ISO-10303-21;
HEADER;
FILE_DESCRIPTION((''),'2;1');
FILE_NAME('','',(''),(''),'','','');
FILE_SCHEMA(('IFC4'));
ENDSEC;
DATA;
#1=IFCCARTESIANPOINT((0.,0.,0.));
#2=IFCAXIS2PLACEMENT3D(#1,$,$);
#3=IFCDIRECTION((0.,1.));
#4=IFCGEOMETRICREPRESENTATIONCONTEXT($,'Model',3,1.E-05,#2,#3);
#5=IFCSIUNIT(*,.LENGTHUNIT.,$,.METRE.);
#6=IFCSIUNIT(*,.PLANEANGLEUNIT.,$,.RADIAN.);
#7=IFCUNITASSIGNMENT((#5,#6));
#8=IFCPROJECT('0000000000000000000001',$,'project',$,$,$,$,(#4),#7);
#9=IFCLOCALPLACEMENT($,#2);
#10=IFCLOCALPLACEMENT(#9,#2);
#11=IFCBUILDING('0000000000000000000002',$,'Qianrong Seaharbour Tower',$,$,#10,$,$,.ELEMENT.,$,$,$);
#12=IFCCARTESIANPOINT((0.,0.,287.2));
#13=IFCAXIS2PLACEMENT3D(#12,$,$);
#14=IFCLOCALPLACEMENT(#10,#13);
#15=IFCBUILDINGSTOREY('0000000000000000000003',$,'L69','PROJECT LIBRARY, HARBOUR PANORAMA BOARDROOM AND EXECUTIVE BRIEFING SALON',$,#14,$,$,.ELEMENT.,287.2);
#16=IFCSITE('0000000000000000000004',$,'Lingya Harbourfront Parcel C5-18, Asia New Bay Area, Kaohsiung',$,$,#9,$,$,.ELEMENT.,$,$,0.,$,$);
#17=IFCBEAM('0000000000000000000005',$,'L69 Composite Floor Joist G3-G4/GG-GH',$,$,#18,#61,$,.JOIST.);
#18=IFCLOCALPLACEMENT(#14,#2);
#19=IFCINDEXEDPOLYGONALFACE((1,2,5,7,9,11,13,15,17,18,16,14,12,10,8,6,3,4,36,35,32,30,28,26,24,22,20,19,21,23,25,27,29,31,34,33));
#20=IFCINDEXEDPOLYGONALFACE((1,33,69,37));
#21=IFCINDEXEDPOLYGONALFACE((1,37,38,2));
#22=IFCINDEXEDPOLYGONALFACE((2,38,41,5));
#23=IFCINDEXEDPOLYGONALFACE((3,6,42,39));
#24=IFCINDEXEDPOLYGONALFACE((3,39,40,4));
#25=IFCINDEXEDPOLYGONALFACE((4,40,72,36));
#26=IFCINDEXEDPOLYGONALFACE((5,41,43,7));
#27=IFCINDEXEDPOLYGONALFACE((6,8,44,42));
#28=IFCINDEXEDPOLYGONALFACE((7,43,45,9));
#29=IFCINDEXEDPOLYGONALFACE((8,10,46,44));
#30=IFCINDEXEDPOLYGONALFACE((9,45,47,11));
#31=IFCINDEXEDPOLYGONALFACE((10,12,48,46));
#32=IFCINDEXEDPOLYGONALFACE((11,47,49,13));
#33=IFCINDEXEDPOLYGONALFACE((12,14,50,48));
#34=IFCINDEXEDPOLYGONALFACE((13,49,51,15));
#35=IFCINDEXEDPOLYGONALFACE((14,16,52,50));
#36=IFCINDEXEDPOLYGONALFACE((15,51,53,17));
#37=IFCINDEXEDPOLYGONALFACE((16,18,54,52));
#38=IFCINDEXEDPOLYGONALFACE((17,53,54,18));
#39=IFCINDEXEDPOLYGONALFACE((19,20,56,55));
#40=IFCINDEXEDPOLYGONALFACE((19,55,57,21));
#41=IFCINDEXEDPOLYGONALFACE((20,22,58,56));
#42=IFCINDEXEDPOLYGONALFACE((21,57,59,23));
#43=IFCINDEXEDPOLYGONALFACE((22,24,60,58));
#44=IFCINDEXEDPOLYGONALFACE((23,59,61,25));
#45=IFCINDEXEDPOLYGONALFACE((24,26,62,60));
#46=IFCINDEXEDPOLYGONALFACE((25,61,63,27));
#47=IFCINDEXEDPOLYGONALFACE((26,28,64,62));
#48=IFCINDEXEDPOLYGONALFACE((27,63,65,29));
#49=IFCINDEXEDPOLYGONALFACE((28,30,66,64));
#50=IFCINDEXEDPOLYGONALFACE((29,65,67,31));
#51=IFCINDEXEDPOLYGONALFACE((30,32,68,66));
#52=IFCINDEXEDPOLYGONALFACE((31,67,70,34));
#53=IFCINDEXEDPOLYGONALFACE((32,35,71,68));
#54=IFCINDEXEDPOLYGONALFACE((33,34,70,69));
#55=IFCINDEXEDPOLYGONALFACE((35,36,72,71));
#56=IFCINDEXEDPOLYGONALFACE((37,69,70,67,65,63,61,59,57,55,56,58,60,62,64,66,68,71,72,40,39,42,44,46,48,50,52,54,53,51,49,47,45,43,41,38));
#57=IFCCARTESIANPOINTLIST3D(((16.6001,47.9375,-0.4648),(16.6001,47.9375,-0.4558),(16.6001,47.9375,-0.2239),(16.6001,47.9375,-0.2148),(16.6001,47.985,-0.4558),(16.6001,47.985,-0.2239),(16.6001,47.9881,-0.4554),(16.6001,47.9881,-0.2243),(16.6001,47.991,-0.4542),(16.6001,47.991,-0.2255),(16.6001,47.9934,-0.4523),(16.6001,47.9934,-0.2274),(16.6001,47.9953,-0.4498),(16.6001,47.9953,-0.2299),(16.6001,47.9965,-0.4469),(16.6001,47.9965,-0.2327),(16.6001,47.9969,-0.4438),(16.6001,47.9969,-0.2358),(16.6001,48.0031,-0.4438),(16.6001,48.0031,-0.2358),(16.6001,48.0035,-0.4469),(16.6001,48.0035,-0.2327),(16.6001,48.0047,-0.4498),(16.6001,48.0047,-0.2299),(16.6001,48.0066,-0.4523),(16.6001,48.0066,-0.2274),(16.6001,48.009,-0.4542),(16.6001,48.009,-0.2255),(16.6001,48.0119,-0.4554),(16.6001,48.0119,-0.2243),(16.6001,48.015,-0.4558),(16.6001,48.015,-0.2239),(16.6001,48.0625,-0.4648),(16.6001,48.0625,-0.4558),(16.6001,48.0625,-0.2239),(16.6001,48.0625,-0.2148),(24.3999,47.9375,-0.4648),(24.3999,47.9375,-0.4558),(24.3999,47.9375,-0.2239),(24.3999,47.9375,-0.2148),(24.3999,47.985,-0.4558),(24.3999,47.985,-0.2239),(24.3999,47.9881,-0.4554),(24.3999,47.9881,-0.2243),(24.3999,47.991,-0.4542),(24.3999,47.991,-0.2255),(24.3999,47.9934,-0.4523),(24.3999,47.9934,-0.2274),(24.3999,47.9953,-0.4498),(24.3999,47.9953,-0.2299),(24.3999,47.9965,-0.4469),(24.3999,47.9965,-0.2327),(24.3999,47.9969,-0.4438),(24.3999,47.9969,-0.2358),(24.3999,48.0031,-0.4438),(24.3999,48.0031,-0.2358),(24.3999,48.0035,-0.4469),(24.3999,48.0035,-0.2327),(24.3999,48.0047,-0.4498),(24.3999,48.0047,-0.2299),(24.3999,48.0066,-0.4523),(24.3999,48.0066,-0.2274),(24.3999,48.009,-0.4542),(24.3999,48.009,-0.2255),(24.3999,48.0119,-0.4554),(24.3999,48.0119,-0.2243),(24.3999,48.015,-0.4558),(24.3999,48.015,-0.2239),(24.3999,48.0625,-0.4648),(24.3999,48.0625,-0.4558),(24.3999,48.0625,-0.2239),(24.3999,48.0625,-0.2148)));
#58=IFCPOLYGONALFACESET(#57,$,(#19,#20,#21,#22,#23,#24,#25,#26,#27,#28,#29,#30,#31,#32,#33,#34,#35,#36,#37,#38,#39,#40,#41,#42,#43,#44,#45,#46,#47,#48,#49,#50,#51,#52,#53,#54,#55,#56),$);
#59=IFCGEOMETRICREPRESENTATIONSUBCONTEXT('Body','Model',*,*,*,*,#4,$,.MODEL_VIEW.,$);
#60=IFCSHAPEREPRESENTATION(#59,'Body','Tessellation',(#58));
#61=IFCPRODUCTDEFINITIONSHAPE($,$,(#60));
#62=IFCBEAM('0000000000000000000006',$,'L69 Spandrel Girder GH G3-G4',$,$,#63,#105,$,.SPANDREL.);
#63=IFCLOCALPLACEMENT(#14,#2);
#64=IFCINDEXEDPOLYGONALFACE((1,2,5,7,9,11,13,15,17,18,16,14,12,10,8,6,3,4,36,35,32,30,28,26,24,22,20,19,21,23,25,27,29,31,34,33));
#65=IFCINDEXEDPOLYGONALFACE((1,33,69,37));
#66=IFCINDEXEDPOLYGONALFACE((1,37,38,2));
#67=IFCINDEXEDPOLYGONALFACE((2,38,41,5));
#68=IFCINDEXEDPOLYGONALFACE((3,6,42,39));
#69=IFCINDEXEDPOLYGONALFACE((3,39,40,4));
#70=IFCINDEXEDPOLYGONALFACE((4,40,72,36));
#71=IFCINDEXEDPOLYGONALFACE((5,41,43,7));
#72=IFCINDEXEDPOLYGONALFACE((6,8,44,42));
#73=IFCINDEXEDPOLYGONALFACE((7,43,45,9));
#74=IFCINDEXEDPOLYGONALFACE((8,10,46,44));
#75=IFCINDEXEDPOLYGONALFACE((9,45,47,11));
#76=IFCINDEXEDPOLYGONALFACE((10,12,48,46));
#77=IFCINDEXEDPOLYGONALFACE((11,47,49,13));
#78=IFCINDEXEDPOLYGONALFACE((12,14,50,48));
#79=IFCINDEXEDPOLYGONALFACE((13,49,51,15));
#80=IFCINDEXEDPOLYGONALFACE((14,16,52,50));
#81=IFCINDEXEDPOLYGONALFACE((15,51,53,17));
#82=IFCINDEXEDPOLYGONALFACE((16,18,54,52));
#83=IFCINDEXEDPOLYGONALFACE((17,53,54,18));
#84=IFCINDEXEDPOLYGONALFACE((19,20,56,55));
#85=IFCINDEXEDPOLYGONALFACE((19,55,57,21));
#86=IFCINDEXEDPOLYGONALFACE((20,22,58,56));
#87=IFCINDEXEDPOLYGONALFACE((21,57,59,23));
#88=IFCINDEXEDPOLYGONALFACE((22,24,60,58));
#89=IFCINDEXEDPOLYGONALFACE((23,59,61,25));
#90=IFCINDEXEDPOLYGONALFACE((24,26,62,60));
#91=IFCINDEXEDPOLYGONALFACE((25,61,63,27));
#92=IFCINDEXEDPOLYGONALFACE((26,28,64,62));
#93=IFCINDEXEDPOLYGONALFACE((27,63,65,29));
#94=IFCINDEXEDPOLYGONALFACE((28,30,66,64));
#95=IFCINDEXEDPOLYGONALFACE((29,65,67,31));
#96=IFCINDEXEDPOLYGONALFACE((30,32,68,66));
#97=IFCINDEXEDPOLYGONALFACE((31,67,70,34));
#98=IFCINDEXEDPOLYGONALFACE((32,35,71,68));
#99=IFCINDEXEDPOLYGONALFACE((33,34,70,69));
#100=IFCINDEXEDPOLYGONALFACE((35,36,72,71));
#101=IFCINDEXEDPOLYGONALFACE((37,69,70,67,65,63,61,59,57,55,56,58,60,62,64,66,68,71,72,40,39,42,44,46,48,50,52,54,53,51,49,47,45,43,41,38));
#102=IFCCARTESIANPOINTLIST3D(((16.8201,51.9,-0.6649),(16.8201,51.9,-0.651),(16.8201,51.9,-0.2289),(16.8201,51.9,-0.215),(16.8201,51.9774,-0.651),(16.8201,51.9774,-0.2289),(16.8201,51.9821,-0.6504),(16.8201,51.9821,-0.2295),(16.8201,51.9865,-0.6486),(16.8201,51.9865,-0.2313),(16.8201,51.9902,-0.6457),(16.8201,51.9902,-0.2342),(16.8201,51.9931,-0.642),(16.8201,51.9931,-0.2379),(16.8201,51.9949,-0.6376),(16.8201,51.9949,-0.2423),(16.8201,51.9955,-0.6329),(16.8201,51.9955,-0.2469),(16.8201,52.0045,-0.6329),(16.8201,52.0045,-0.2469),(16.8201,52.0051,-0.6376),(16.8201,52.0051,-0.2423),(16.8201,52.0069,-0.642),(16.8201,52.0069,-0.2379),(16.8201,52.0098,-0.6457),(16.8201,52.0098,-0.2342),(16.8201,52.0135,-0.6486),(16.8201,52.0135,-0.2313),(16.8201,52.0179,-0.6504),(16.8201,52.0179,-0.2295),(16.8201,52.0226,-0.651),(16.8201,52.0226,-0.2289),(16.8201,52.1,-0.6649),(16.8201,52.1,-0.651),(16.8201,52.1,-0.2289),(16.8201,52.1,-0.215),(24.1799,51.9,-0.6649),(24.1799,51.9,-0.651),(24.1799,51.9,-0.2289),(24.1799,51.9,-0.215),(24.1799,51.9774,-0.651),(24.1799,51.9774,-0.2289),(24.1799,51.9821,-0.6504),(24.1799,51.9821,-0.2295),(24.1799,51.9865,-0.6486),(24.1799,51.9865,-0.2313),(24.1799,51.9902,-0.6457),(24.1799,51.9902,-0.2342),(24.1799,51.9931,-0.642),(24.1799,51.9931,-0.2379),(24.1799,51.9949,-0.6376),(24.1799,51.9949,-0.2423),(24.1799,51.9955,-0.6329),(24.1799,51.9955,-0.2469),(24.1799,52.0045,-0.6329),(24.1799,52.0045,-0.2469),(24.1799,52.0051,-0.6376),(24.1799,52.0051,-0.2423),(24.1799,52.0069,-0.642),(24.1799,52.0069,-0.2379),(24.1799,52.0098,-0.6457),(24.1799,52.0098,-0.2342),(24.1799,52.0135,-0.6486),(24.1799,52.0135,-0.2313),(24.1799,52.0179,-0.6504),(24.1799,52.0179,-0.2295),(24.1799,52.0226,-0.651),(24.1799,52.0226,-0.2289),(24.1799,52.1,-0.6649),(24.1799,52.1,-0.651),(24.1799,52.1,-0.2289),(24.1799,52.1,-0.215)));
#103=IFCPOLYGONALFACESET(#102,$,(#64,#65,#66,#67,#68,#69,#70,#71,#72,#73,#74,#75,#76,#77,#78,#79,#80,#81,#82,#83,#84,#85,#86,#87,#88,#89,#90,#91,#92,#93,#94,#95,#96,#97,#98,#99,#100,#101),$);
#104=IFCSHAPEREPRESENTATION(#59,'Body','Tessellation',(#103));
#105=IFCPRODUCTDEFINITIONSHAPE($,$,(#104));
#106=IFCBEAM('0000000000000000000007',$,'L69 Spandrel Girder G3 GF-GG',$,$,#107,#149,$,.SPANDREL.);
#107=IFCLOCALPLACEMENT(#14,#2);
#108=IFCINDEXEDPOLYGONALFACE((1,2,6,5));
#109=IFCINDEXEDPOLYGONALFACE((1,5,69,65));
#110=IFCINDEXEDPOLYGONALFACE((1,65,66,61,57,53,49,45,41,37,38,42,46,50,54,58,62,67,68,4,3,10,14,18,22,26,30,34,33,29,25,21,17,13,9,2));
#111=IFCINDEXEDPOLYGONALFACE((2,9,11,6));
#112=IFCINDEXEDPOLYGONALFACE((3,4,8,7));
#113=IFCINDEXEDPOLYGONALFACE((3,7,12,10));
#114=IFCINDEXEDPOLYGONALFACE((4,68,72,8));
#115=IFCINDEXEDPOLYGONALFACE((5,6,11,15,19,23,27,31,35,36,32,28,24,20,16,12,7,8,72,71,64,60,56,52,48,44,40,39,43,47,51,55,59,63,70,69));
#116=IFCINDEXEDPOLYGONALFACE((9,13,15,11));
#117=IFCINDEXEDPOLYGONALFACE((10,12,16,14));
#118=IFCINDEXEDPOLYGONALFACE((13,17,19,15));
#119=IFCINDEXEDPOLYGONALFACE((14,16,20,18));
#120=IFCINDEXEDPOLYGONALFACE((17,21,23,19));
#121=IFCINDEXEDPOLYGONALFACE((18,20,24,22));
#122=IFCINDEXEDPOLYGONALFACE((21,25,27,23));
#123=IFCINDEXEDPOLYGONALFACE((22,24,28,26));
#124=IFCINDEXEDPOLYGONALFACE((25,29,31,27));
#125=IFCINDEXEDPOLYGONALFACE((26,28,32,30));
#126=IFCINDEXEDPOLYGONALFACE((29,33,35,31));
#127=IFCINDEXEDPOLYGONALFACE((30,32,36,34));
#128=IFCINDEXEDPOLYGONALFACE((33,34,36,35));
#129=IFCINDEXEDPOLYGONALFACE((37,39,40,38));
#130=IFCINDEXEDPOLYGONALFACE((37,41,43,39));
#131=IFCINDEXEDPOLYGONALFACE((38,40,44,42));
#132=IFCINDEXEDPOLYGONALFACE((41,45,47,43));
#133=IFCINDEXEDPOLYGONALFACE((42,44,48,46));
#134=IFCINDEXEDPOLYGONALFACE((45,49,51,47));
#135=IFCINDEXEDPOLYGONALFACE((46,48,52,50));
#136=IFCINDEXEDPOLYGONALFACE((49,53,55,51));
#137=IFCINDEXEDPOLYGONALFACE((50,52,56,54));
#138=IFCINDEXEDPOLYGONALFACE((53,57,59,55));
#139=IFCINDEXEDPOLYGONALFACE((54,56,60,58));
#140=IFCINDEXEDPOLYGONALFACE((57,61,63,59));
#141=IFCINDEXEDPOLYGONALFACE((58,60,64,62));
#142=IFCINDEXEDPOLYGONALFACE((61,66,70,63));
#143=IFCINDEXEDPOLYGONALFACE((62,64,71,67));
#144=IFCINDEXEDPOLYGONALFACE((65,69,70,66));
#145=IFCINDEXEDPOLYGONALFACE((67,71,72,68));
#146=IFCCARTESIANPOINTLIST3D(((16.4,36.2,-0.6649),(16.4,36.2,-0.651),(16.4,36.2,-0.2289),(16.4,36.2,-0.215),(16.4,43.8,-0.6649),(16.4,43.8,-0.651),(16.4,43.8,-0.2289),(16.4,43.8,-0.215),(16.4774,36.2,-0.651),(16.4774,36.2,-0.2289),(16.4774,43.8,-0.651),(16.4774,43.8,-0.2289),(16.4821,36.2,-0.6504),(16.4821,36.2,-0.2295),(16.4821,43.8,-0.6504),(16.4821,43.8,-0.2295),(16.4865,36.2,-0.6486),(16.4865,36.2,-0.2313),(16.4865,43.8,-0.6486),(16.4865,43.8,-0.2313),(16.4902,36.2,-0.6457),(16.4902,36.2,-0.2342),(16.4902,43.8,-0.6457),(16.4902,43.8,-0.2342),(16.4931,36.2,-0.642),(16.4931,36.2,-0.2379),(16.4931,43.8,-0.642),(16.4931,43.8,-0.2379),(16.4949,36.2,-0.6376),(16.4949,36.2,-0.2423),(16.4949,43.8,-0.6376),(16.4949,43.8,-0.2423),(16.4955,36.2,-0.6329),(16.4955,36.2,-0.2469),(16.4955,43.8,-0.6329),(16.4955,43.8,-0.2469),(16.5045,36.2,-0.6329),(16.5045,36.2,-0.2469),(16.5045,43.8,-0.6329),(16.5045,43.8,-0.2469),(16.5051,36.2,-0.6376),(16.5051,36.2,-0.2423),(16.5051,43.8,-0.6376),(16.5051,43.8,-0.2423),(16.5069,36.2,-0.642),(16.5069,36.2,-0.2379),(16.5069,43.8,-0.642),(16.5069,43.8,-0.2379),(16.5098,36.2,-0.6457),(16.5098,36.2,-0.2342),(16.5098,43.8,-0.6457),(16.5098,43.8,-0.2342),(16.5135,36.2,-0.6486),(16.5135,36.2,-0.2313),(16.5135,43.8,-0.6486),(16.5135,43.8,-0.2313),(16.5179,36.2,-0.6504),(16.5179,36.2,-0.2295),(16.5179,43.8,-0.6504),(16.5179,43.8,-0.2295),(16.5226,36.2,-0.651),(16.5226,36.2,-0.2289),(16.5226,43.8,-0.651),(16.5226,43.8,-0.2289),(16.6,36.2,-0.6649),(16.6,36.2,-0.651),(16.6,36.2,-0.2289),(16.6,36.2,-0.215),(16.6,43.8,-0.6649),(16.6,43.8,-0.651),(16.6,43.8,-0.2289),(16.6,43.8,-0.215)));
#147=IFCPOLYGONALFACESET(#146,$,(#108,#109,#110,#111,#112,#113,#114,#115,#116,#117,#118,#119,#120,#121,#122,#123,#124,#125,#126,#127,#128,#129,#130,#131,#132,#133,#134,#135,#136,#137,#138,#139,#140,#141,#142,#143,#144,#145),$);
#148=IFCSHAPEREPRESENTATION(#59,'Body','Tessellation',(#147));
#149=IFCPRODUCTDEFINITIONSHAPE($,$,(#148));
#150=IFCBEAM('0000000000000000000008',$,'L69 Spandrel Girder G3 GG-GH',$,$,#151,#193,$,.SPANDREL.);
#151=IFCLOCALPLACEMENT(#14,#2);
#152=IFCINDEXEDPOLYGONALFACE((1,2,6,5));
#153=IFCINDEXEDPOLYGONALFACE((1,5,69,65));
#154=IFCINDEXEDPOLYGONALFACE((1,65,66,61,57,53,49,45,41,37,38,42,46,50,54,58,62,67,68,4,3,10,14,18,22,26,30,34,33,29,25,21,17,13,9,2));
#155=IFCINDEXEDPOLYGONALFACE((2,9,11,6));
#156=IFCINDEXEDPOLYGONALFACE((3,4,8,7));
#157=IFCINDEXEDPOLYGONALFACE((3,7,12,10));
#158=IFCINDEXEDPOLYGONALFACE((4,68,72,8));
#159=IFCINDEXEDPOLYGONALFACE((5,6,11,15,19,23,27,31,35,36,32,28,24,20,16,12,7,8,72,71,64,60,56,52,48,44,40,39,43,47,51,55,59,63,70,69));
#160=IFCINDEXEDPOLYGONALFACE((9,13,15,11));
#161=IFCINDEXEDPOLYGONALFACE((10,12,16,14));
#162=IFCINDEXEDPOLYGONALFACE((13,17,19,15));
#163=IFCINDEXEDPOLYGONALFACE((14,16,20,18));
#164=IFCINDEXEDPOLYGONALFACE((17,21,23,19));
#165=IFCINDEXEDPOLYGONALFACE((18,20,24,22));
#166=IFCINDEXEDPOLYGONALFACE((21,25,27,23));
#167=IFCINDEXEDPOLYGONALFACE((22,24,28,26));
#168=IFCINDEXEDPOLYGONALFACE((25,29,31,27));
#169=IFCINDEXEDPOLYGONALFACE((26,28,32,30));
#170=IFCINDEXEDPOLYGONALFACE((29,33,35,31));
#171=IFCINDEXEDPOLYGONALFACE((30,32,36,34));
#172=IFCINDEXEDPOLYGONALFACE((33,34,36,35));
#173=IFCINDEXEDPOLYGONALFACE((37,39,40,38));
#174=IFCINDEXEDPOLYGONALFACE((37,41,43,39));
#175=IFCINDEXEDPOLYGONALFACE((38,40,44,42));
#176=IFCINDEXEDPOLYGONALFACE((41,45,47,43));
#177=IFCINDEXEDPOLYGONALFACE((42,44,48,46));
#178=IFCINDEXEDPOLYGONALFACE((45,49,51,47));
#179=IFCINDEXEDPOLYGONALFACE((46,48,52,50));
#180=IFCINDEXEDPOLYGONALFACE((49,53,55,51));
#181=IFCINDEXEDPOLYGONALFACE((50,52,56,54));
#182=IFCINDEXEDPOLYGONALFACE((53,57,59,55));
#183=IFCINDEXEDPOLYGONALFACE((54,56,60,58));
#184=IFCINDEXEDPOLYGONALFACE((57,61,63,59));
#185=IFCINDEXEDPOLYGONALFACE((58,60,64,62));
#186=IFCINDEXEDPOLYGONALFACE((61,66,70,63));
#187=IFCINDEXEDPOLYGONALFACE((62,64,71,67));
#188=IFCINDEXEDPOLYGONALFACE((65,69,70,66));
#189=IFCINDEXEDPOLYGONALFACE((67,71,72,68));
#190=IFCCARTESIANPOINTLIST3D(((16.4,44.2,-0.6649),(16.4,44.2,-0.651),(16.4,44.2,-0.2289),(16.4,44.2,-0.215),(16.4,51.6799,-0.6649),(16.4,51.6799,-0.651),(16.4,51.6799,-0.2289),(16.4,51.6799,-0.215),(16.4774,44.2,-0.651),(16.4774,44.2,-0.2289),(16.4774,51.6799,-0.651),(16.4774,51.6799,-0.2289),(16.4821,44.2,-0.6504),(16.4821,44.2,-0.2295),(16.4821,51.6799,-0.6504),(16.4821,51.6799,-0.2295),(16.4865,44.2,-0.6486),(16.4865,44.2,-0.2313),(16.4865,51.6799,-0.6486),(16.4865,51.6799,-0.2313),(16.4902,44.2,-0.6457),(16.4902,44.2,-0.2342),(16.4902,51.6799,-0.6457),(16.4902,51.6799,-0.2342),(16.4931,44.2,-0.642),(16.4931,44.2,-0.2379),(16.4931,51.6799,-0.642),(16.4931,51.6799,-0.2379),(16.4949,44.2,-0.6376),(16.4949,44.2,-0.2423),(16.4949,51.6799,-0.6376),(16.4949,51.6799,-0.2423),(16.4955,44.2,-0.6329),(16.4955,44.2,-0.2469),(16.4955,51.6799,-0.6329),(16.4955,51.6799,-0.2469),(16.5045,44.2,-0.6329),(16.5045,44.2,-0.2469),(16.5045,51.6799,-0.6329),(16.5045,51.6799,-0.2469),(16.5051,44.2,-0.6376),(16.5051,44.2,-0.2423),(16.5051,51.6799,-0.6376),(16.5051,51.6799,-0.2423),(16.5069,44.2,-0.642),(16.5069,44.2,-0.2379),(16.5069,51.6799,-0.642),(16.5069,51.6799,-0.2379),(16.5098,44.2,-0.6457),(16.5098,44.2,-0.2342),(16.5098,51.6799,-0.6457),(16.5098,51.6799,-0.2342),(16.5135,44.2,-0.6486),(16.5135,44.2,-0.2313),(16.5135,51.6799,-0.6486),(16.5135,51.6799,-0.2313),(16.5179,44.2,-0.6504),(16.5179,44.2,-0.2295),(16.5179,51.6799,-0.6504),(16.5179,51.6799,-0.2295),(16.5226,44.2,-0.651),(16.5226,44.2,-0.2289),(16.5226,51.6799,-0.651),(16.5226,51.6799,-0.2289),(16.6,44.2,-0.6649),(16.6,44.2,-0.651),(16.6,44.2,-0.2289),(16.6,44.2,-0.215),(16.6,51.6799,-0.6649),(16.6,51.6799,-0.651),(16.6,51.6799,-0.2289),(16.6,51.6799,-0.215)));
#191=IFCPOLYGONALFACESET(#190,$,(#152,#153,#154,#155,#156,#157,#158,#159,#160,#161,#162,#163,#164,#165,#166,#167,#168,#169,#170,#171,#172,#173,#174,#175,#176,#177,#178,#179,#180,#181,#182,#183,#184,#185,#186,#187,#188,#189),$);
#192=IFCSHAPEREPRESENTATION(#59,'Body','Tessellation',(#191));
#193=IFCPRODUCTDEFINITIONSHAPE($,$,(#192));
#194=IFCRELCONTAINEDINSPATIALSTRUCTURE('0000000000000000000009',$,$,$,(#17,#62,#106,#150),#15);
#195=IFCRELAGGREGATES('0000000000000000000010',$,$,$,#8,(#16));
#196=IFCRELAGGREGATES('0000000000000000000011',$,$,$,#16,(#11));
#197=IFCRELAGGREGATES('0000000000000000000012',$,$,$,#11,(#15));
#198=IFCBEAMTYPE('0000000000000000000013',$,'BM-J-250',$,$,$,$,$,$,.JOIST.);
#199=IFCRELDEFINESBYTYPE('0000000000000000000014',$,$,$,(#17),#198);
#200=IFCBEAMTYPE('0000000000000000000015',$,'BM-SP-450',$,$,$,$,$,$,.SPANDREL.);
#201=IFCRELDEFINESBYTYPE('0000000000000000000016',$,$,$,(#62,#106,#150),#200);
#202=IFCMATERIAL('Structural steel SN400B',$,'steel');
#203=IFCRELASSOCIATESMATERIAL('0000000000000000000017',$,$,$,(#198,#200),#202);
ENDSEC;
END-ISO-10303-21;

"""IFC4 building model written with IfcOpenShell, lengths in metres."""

from ifc_helpers import new_model, si_unit, direction, frame, origin, origin_2d, place, context, subcontext, project, spatial, i_section, extrude, material, material_profile, profile_set, type_object, element, save


model = new_model("IFC4")

# Units and contexts
model_context = context("Model", 3, precision=1e-05, world=origin(), true_north=direction((0.0, 1.0)))
body_context = subcontext(model_context, "Body", "Model", "MODEL_VIEW")
ifc_project = project(units=[si_unit("LENGTHUNIT", "METRE"), si_unit("PLANEANGLEUNIT", "RADIAN")], contexts=[model_context])

# Site, building, storey
site_placement = place(None, origin())
site = spatial("IfcSite", under=ifc_project, at=site_placement, Name="Lingya Harbourfront Parcel C5-18, Asia New Bay Area, Kaohsiung", CompositionType="ELEMENT", RefElevation=0.0)
building_placement = place(site_placement, origin())
building = spatial("IfcBuilding", under=site, at=building_placement, Name="Qianrong Seaharbour Tower", CompositionType="ELEMENT")
storey_placement = place(building_placement, frame((0.0, 0.0, 287.2)))
storey = spatial("IfcBuildingStorey", under=building, at=storey_placement, Name="L69", Description="PROJECT LIBRARY, HARBOUR PANORAMA BOARDROOM AND EXECUTIVE BRIEFING SALON", CompositionType="ELEMENT", Elevation=287.2)

# Shared definitions
ifc_material_1 = material(Name="Structural steel SN400B", Category="steel")

# Beams
ifc_material_profile_1 = material_profile(ifc_material_1, i_section(OverallWidth=0.125, OverallDepth=0.25, WebThickness=0.0061, FlangeThickness=0.009, FilletRadius=0.012, at=origin_2d()), Name="H250x125x6x9")
ifc_profile_set_1 = profile_set([ifc_material_profile_1], Name="Structural steel SN400B")
beam_type_1 = type_object("IfcBeamType", Name="BM-J-250", PredefinedType="JOIST", material=ifc_profile_set_1)
for number, where, z_axis, x_axis, name in (
    (1, (16.6001, 48.0, -0.3398), (1.0, 0.0, 0.0), (0.0, 1.0, 0.0), "L69 Composite Floor Joist G3-G4/GG-GH"),
):
    element("IfcBeam", number, at=place(storey_placement, frame(where, z_axis=z_axis, x_axis=x_axis)), inside=storey, type_object=beam_type_1, Name=name, PredefinedType="JOIST", context=body_context, shape_type="SweptSolid", body=[
        extrude(i_section(OverallWidth=0.125, OverallDepth=0.25, WebThickness=0.0061, FlangeThickness=0.009, FilletRadius=0.012, at=origin_2d()), origin(), (0.0, 0.0, 1.0), 7.7998),
    ])
ifc_material_profile_2 = material_profile(ifc_material_1, i_section(OverallWidth=0.2, OverallDepth=0.45, WebThickness=0.009, FlangeThickness=0.0139, FilletRadius=0.0181, at=origin_2d()), Name="H450x200x9x14")
ifc_profile_set_2 = profile_set([ifc_material_profile_2], Name="Structural steel SN400B")
beam_type_2 = type_object("IfcBeamType", Name="BM-SP-450", PredefinedType="SPANDREL", material=ifc_profile_set_2)
beam_1_placement = place(storey_placement, frame((16.8201, 52.0, -0.4399), z_axis=(1.0, 0.0, 0.0), x_axis=(0.0, 1.0, 0.0)))
element("IfcBeam", 2, at=beam_1_placement, inside=storey, type_object=beam_type_2, Name="L69 Spandrel Girder GH G3-G4", PredefinedType="SPANDREL", context=body_context, shape_type="SweptSolid", body=[
    extrude(i_section(OverallWidth=0.2, OverallDepth=0.45, WebThickness=0.009, FlangeThickness=0.0139, FilletRadius=0.0181, at=origin_2d()), origin(), (0.0, 0.0, 1.0), 7.3599),
])
beam_2_placement = place(storey_placement, frame((16.5, 36.2, -0.4399), z_axis=(0.0, 1.0, 0.0), x_axis=(-1.0, 0.0, 0.0)))
element("IfcBeam", 3, at=beam_2_placement, inside=storey, type_object=beam_type_2, Name="L69 Spandrel Girder G3 GF-GG", PredefinedType="SPANDREL", context=body_context, shape_type="SweptSolid", body=[
    extrude(i_section(OverallWidth=0.2, OverallDepth=0.45, WebThickness=0.009, FlangeThickness=0.0139, FilletRadius=0.0181, at=origin_2d()), origin(), (0.0, 0.0, 1.0), 7.6001),
])
beam_3_placement = place(storey_placement, frame((16.5, 44.2, -0.4399), z_axis=(0.0, 1.0, 0.0), x_axis=(-1.0, 0.0, 0.0)))
element("IfcBeam", 4, at=beam_3_placement, inside=storey, type_object=beam_type_2, Name="L69 Spandrel Girder G3 GG-GH", PredefinedType="SPANDREL", context=body_context, shape_type="SweptSolid", body=[
    extrude(i_section(OverallWidth=0.2, OverallDepth=0.45, WebThickness=0.009, FlangeThickness=0.0139, FilletRadius=0.0181, at=origin_2d()), origin(), (0.0, 0.0, 1.0), 7.48),
])

save(model, "model.ifc")
